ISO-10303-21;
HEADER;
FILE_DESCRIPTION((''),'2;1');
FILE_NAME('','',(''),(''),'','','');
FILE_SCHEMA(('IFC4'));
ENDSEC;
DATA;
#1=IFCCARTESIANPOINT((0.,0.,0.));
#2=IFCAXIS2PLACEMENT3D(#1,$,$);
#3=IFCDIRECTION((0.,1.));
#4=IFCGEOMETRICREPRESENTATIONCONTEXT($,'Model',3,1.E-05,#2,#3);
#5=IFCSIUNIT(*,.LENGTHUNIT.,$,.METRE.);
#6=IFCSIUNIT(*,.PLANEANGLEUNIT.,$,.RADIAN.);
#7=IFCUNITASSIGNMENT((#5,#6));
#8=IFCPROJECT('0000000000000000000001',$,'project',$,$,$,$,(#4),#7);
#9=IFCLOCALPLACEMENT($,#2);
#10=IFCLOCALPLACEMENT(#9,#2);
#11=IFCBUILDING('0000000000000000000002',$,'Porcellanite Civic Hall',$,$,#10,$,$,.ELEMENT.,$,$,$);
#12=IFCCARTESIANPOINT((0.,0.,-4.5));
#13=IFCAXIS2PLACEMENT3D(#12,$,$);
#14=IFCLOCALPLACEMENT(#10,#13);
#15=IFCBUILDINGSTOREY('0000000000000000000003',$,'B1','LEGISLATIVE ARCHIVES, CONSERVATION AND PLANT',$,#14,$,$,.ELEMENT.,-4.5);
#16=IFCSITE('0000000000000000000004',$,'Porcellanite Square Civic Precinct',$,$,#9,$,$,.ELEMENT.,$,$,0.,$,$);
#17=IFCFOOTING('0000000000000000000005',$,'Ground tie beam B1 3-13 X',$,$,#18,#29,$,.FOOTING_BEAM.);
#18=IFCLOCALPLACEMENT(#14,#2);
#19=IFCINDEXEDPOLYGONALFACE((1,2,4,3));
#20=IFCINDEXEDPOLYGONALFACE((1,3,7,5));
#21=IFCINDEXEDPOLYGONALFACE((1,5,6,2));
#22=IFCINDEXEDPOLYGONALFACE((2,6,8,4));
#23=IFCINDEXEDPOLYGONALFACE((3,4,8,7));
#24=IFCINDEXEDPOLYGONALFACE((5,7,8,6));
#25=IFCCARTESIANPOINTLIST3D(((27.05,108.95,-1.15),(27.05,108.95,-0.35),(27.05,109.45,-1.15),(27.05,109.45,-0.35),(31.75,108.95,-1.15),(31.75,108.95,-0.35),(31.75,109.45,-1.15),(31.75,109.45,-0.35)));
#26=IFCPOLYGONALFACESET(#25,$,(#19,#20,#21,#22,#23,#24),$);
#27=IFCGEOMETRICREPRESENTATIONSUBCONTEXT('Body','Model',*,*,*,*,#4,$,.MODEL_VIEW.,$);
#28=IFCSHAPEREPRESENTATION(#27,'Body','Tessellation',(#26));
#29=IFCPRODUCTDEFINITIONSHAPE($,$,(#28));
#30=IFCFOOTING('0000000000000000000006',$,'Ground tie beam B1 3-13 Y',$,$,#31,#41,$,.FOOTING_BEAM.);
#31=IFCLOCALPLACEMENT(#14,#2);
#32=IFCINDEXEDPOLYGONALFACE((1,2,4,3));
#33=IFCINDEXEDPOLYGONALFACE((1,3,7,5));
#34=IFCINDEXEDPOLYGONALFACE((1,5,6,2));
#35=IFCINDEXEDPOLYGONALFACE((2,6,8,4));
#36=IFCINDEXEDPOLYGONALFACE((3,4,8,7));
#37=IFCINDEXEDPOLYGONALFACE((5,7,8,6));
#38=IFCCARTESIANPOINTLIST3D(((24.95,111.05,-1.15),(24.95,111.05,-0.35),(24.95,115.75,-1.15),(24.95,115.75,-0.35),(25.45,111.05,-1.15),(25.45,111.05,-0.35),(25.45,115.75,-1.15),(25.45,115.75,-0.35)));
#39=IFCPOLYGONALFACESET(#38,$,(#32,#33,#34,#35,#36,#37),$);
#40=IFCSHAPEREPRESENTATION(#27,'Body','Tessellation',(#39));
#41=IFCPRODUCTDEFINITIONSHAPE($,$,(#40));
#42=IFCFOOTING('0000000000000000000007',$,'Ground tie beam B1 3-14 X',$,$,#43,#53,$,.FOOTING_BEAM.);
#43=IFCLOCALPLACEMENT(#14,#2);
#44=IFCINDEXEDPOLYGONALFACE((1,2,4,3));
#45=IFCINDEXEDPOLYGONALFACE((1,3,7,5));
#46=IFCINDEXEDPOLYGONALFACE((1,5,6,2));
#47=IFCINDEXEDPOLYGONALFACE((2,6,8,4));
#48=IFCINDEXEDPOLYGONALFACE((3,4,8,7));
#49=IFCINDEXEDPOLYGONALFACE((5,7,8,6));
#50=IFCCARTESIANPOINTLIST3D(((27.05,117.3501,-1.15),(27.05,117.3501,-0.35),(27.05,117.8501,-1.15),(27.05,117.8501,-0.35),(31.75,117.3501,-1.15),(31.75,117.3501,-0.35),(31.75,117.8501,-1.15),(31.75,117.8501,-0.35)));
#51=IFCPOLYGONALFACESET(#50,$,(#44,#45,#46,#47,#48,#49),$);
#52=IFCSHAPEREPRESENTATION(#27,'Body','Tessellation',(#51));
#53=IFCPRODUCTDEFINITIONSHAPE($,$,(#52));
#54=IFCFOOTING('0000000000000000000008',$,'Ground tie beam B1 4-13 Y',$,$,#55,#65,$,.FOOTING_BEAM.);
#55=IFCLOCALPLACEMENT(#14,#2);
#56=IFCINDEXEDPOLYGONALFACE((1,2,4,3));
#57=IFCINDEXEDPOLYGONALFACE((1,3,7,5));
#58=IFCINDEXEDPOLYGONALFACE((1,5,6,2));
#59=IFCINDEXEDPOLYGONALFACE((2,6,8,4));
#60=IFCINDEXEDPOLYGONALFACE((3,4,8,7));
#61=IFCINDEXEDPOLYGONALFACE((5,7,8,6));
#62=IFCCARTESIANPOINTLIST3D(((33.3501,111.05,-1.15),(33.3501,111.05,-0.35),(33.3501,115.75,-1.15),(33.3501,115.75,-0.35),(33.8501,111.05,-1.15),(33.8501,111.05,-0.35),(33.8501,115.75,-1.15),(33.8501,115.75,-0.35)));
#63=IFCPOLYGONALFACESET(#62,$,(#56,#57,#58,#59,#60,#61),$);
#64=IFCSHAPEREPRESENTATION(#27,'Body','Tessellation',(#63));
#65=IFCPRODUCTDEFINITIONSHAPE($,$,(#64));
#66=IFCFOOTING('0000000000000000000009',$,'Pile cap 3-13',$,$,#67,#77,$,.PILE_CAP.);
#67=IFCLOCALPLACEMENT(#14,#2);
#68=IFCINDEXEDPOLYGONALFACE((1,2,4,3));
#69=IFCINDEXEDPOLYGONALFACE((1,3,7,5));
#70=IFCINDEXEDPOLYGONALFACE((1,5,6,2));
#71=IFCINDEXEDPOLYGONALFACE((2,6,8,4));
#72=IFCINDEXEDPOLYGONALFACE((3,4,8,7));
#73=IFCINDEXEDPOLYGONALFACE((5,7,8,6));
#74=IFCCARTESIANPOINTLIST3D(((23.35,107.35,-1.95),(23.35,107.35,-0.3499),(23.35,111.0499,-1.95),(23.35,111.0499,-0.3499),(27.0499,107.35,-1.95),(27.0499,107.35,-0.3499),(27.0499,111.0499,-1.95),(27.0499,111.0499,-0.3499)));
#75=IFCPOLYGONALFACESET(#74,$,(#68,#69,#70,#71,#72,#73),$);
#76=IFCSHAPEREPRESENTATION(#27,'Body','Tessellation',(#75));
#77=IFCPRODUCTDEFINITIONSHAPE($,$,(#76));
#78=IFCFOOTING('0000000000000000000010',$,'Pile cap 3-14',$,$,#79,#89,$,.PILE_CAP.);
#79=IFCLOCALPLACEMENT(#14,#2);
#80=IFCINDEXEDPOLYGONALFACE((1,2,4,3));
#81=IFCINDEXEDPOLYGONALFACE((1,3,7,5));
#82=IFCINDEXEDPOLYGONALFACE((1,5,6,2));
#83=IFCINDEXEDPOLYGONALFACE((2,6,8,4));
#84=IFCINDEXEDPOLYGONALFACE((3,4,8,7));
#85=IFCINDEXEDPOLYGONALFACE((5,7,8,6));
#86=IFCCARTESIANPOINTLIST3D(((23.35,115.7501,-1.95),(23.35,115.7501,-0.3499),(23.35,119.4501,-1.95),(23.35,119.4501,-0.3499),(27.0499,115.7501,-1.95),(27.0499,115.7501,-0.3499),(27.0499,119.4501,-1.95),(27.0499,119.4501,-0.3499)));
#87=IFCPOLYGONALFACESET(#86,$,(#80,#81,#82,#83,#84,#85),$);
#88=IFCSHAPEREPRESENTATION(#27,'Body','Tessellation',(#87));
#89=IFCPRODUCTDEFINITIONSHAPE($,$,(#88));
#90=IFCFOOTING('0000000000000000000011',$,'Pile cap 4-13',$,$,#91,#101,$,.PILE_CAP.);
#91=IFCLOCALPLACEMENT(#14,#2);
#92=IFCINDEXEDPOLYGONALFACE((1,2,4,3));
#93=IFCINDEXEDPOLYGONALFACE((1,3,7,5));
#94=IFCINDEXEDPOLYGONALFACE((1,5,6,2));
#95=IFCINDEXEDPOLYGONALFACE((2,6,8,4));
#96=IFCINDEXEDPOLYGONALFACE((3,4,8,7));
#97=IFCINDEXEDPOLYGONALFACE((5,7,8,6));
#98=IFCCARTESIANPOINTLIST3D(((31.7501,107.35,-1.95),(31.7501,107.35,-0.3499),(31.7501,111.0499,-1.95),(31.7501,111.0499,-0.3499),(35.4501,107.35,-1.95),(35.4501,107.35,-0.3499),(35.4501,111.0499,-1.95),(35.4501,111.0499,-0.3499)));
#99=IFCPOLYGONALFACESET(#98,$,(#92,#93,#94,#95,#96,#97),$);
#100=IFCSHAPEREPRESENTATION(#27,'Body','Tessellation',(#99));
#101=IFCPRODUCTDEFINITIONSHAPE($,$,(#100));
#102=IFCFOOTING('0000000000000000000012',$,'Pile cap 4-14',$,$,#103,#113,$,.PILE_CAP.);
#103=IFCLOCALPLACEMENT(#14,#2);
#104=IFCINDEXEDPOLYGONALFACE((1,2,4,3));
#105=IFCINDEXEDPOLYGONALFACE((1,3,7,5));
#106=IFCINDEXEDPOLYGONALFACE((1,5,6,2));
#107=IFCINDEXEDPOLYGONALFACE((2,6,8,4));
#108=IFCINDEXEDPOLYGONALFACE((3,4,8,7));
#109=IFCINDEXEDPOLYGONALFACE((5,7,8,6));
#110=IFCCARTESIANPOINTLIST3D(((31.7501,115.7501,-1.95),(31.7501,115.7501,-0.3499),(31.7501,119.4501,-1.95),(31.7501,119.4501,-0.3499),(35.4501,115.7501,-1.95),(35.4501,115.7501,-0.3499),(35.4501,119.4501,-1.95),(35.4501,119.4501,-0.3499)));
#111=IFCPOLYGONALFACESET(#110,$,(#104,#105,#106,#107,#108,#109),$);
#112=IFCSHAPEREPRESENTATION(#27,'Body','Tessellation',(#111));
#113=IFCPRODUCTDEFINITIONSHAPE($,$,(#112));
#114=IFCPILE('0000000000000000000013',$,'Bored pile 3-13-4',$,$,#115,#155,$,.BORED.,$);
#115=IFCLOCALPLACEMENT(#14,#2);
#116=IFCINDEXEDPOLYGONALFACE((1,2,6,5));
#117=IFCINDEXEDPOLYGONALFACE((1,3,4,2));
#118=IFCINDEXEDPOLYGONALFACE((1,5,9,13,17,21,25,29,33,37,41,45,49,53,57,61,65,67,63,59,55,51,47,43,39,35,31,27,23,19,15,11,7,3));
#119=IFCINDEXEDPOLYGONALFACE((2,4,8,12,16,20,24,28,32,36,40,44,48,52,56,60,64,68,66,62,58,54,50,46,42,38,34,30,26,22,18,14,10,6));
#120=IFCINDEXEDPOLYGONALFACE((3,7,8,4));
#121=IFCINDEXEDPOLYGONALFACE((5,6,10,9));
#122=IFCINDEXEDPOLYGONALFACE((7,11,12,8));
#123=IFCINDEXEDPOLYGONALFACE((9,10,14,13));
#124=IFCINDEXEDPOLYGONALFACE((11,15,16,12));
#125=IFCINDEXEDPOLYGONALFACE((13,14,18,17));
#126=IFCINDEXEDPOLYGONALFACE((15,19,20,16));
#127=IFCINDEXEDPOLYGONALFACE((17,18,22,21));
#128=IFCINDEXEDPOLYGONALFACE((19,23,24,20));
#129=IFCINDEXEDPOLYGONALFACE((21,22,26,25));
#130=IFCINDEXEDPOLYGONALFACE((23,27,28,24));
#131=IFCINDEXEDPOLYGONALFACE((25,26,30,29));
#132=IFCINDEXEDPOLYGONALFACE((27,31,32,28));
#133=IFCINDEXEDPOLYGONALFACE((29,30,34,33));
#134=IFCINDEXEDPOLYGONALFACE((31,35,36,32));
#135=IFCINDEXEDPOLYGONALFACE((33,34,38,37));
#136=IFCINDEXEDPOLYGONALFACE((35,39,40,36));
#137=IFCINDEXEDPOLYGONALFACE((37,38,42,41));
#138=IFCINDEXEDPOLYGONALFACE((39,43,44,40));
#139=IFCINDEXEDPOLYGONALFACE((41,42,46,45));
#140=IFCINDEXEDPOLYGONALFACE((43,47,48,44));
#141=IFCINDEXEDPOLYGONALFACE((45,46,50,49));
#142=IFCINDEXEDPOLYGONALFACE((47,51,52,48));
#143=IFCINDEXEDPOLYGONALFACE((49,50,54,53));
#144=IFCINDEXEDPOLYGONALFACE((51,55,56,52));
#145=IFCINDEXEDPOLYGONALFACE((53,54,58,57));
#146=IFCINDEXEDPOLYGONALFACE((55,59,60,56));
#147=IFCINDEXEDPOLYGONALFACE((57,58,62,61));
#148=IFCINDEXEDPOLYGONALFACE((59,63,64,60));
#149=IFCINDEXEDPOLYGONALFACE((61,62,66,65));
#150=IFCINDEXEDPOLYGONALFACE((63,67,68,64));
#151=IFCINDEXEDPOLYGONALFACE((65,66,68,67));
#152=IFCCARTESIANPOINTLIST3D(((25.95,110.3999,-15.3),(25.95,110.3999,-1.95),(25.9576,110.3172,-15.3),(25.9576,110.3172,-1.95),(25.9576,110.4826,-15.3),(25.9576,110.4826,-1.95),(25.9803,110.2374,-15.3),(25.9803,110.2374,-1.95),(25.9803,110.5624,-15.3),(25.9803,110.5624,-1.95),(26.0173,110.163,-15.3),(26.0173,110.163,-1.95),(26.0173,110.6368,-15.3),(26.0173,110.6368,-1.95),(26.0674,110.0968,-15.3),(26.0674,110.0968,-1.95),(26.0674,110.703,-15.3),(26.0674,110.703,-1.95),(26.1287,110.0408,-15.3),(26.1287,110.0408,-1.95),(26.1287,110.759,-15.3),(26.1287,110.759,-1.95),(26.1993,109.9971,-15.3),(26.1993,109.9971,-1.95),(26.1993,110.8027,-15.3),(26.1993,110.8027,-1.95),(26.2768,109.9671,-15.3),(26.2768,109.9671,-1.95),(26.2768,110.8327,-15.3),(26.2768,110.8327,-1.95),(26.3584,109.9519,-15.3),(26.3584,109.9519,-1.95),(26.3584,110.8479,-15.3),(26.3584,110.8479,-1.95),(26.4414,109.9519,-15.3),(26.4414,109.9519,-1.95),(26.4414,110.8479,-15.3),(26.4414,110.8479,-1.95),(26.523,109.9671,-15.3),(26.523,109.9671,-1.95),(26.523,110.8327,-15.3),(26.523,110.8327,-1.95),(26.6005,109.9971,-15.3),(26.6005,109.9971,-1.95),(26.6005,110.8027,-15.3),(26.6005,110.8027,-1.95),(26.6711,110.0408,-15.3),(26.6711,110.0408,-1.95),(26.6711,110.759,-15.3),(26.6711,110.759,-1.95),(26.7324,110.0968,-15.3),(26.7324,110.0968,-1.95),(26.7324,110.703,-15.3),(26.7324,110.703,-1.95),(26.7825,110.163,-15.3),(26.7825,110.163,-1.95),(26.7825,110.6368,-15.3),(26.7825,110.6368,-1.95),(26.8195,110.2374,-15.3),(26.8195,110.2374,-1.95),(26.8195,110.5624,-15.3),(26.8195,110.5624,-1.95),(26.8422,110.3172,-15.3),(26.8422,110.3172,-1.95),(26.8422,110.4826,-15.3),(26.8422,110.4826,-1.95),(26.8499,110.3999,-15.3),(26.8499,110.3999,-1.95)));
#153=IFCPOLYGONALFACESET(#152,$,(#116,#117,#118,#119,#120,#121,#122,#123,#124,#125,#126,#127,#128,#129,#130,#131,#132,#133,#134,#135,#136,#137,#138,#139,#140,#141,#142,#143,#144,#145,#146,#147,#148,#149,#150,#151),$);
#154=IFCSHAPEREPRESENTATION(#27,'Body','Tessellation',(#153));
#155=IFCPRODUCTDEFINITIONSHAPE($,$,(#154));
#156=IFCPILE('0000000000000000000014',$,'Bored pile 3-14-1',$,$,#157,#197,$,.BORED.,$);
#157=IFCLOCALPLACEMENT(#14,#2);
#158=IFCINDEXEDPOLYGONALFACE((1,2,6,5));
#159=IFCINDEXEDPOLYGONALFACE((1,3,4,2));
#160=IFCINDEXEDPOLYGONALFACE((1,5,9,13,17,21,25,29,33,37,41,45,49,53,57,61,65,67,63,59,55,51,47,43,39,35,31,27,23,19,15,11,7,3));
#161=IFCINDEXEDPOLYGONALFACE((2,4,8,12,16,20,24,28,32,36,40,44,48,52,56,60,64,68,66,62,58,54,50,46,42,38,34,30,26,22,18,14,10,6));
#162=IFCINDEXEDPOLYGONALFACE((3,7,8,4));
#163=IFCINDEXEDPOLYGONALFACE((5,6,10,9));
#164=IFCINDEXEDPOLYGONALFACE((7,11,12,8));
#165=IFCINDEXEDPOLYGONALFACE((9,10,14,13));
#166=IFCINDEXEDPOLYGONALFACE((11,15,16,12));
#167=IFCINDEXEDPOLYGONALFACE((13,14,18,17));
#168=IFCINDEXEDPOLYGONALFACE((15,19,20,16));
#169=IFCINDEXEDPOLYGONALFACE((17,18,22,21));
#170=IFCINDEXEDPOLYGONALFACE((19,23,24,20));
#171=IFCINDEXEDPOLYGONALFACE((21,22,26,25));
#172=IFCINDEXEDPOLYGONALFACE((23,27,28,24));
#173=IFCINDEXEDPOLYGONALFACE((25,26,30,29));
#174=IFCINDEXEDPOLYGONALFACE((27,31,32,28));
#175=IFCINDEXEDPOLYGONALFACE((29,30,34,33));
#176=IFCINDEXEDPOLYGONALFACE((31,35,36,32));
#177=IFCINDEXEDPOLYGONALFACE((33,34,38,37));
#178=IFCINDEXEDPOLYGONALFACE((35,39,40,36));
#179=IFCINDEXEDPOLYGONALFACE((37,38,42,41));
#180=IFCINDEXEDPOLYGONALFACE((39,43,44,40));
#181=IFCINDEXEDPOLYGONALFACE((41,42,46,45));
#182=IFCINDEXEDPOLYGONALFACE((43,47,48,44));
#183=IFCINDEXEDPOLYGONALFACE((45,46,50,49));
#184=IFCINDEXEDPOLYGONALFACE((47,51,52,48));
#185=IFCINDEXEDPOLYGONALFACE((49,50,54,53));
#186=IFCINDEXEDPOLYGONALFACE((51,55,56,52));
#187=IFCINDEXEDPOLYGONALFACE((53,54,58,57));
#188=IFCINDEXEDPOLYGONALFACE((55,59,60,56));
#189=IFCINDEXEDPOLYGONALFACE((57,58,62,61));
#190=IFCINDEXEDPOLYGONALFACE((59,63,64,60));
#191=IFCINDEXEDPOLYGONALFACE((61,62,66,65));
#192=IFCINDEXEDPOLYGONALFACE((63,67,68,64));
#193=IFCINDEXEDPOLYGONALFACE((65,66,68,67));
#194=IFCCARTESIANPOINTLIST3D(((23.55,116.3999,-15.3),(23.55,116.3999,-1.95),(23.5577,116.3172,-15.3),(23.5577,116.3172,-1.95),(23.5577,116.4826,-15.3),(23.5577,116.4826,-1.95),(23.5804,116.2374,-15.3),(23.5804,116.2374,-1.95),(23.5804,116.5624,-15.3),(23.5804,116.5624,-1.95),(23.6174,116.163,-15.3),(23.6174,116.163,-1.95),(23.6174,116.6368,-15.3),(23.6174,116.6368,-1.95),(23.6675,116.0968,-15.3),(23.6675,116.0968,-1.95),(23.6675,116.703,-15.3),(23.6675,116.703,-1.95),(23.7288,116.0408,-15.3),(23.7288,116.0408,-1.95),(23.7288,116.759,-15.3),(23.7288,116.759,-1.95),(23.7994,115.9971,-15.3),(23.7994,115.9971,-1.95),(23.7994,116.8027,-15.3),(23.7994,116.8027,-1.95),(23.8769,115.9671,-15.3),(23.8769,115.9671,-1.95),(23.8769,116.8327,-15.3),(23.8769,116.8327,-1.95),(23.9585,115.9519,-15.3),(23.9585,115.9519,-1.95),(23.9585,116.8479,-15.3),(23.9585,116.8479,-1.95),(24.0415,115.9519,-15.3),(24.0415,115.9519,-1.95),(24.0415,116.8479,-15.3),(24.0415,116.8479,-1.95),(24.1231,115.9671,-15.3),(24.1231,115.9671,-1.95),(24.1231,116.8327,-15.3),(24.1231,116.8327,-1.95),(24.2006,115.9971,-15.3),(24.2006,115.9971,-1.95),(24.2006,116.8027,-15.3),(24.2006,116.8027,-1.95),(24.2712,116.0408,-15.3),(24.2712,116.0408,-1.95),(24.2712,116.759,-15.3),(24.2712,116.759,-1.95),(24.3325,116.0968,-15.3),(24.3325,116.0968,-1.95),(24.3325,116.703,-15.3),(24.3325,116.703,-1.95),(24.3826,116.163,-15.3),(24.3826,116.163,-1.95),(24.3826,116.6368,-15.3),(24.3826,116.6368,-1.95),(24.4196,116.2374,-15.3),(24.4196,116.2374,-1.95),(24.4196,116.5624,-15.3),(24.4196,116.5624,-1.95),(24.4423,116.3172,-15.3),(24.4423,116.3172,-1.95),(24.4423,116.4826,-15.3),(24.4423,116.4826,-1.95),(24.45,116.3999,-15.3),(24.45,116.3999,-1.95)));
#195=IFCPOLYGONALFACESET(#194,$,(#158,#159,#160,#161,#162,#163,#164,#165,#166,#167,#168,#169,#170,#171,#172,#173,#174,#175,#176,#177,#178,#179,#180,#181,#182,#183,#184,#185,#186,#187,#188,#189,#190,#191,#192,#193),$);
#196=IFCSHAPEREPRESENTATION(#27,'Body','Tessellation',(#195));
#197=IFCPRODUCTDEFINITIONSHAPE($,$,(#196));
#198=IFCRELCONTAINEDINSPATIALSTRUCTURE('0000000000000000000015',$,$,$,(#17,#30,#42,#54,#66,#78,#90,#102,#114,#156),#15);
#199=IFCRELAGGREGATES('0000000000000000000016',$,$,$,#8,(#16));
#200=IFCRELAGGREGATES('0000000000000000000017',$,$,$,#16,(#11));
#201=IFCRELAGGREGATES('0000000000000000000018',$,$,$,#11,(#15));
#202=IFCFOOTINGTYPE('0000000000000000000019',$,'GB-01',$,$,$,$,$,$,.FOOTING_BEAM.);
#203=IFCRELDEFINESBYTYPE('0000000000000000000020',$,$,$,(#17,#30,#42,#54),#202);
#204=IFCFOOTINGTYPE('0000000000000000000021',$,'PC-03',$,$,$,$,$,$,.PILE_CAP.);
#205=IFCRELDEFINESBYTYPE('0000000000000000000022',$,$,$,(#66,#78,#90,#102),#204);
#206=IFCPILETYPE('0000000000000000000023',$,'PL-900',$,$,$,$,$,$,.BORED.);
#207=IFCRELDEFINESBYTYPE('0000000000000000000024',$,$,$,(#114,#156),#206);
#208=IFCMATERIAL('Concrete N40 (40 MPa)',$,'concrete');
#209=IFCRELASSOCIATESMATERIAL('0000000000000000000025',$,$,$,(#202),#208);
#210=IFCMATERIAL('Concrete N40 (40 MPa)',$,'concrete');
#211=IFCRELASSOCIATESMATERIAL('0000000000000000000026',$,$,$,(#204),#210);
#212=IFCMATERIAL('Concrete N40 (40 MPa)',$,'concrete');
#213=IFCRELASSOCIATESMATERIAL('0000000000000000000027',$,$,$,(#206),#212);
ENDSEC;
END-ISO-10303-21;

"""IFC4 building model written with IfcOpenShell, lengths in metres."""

from ifc_helpers import new_model, si_unit, direction, frame, origin, origin_2d, place, context, subcontext, project, spatial, rectangle, circle, extrude, material, material_profile, profile_set, type_object, element, save


model = new_model("IFC4")

# Units and contexts
model_context = context("Model", 3, precision=1e-05, world=origin(), true_north=direction((0.0, 1.0)))
body_context = subcontext(model_context, "Body", "Model", "MODEL_VIEW")
ifc_project = project(units=[si_unit("LENGTHUNIT", "METRE"), si_unit("PLANEANGLEUNIT", "RADIAN")], contexts=[model_context])

# Site, building, storey
site_placement = place(None, origin())
site = spatial("IfcSite", under=ifc_project, at=site_placement, Name="Porcellanite Square Civic Precinct", CompositionType="ELEMENT", RefElevation=0.0)
building_placement = place(site_placement, origin())
building = spatial("IfcBuilding", under=site, at=building_placement, Name="Porcellanite Civic Hall", CompositionType="ELEMENT")
storey_placement = place(building_placement, frame((0.0, 0.0, -4.5)))
storey = spatial("IfcBuildingStorey", under=building, at=storey_placement, Name="B1", Description="LEGISLATIVE ARCHIVES, CONSERVATION AND PLANT", CompositionType="ELEMENT", Elevation=-4.5)

# Footings
ifc_material_1 = material(Name="Concrete N40 (40 MPa)", Category="concrete")
ifc_material_profile_1 = material_profile(ifc_material_1, rectangle(XDim=0.5, YDim=0.8, at=origin_2d()), Name="RC-500x800")
ifc_profile_set_1 = profile_set([ifc_material_profile_1], Name="Concrete N40 (40 MPa)")
footing_type_1 = type_object("IfcFootingType", Name="GB-01", PredefinedType="FOOTING_BEAM", material=ifc_profile_set_1)
for number, where, z_axis, x_axis, name in (
    (1, (27.05, 109.2, -0.75), (1.0, 0.0, 0.0), (0.0, 1.0, 0.0), "Ground tie beam B1 3-13 X"),
    (2, (25.2, 111.05, -0.75), (0.0, 1.0, 0.0), (-1.0, 0.0, 0.0), "Ground tie beam B1 3-13 Y"),
    (3, (27.05, 117.6001, -0.75), (1.0, 0.0, 0.0), (0.0, 1.0, 0.0), "Ground tie beam B1 3-14 X"),
    (4, (33.6001, 111.05, -0.75), (0.0, 1.0, 0.0), (-1.0, 0.0, 0.0), "Ground tie beam B1 4-13 Y"),
):
    element("IfcFooting", number, at=place(storey_placement, frame(where, z_axis=z_axis, x_axis=x_axis)), inside=storey, type_object=footing_type_1, Name=name, PredefinedType="FOOTING_BEAM", context=body_context, shape_type="SweptSolid", body=[
        extrude(rectangle(XDim=0.5, YDim=0.8, at=origin_2d()), origin(), (0.0, 0.0, 1.0), 4.7),
    ])
ifc_material_2 = material(Name="Concrete N40 (40 MPa)", Category="concrete")
footing_type_2 = type_object("IfcFootingType", Name="PC-03", PredefinedType="PILE_CAP", material=ifc_material_2)
for number, where, z_axis, x_axis, name in (
    (5, (25.2, 109.2, -1.95), (0.0, 0.0, 1.0), (1.0, 0.0, 0.0), "Pile cap 3-13"),
    (6, (25.2, 117.6001, -1.95), (0.0, 0.0, 1.0), (1.0, 0.0, 0.0), "Pile cap 3-14"),
    (7, (33.6001, 109.2, -1.95), (0.0, 0.0, 1.0), (1.0, 0.0, 0.0), "Pile cap 4-13"),
    (8, (33.6001, 117.6001, -1.95), (0.0, 0.0, 1.0), (1.0, 0.0, 0.0), "Pile cap 4-14"),
):
    element("IfcFooting", number, at=place(storey_placement, frame(where, z_axis=z_axis, x_axis=x_axis)), inside=storey, type_object=footing_type_2, Name=name, PredefinedType="PILE_CAP", context=body_context, shape_type="SweptSolid", body=[
        extrude(rectangle(XDim=3.7, YDim=3.7, at=origin_2d()), origin(), (0.0, 0.0, 1.0), 1.6001),
    ])

# Piles
ifc_material_3 = material(Name="Concrete N40 (40 MPa)", Category="concrete")
ifc_material_profile_2 = material_profile(ifc_material_3, circle(Radius=0.45, at=origin_2d()), Name="PILE-D900")
ifc_profile_set_2 = profile_set([ifc_material_profile_2], Name="Concrete N40 (40 MPa)")
pile_type = type_object("IfcPileType", Name="PL-900", PredefinedType="BORED", material=ifc_profile_set_2)
for number, where, z_axis, x_axis, name in (
    (9, (26.3999, 110.3999, -1.95), (0.0, 0.0, -1.0), (1.0, 0.0, 0.0), "Bored pile 3-13-4"),
    (10, (24.0, 116.3999, -1.95), (0.0, 0.0, -1.0), (1.0, 0.0, 0.0), "Bored pile 3-14-1"),
):
    element("IfcPile", number, at=place(storey_placement, frame(where, z_axis=z_axis, x_axis=x_axis)), inside=storey, type_object=pile_type, Name=name, PredefinedType="BORED", context=body_context, shape_type="SweptSolid", body=[
        extrude(circle(Radius=0.45, at=origin_2d()), origin(), (0.0, 0.0, 1.0), 13.3501),
    ])

save(model, "model.ifc")
